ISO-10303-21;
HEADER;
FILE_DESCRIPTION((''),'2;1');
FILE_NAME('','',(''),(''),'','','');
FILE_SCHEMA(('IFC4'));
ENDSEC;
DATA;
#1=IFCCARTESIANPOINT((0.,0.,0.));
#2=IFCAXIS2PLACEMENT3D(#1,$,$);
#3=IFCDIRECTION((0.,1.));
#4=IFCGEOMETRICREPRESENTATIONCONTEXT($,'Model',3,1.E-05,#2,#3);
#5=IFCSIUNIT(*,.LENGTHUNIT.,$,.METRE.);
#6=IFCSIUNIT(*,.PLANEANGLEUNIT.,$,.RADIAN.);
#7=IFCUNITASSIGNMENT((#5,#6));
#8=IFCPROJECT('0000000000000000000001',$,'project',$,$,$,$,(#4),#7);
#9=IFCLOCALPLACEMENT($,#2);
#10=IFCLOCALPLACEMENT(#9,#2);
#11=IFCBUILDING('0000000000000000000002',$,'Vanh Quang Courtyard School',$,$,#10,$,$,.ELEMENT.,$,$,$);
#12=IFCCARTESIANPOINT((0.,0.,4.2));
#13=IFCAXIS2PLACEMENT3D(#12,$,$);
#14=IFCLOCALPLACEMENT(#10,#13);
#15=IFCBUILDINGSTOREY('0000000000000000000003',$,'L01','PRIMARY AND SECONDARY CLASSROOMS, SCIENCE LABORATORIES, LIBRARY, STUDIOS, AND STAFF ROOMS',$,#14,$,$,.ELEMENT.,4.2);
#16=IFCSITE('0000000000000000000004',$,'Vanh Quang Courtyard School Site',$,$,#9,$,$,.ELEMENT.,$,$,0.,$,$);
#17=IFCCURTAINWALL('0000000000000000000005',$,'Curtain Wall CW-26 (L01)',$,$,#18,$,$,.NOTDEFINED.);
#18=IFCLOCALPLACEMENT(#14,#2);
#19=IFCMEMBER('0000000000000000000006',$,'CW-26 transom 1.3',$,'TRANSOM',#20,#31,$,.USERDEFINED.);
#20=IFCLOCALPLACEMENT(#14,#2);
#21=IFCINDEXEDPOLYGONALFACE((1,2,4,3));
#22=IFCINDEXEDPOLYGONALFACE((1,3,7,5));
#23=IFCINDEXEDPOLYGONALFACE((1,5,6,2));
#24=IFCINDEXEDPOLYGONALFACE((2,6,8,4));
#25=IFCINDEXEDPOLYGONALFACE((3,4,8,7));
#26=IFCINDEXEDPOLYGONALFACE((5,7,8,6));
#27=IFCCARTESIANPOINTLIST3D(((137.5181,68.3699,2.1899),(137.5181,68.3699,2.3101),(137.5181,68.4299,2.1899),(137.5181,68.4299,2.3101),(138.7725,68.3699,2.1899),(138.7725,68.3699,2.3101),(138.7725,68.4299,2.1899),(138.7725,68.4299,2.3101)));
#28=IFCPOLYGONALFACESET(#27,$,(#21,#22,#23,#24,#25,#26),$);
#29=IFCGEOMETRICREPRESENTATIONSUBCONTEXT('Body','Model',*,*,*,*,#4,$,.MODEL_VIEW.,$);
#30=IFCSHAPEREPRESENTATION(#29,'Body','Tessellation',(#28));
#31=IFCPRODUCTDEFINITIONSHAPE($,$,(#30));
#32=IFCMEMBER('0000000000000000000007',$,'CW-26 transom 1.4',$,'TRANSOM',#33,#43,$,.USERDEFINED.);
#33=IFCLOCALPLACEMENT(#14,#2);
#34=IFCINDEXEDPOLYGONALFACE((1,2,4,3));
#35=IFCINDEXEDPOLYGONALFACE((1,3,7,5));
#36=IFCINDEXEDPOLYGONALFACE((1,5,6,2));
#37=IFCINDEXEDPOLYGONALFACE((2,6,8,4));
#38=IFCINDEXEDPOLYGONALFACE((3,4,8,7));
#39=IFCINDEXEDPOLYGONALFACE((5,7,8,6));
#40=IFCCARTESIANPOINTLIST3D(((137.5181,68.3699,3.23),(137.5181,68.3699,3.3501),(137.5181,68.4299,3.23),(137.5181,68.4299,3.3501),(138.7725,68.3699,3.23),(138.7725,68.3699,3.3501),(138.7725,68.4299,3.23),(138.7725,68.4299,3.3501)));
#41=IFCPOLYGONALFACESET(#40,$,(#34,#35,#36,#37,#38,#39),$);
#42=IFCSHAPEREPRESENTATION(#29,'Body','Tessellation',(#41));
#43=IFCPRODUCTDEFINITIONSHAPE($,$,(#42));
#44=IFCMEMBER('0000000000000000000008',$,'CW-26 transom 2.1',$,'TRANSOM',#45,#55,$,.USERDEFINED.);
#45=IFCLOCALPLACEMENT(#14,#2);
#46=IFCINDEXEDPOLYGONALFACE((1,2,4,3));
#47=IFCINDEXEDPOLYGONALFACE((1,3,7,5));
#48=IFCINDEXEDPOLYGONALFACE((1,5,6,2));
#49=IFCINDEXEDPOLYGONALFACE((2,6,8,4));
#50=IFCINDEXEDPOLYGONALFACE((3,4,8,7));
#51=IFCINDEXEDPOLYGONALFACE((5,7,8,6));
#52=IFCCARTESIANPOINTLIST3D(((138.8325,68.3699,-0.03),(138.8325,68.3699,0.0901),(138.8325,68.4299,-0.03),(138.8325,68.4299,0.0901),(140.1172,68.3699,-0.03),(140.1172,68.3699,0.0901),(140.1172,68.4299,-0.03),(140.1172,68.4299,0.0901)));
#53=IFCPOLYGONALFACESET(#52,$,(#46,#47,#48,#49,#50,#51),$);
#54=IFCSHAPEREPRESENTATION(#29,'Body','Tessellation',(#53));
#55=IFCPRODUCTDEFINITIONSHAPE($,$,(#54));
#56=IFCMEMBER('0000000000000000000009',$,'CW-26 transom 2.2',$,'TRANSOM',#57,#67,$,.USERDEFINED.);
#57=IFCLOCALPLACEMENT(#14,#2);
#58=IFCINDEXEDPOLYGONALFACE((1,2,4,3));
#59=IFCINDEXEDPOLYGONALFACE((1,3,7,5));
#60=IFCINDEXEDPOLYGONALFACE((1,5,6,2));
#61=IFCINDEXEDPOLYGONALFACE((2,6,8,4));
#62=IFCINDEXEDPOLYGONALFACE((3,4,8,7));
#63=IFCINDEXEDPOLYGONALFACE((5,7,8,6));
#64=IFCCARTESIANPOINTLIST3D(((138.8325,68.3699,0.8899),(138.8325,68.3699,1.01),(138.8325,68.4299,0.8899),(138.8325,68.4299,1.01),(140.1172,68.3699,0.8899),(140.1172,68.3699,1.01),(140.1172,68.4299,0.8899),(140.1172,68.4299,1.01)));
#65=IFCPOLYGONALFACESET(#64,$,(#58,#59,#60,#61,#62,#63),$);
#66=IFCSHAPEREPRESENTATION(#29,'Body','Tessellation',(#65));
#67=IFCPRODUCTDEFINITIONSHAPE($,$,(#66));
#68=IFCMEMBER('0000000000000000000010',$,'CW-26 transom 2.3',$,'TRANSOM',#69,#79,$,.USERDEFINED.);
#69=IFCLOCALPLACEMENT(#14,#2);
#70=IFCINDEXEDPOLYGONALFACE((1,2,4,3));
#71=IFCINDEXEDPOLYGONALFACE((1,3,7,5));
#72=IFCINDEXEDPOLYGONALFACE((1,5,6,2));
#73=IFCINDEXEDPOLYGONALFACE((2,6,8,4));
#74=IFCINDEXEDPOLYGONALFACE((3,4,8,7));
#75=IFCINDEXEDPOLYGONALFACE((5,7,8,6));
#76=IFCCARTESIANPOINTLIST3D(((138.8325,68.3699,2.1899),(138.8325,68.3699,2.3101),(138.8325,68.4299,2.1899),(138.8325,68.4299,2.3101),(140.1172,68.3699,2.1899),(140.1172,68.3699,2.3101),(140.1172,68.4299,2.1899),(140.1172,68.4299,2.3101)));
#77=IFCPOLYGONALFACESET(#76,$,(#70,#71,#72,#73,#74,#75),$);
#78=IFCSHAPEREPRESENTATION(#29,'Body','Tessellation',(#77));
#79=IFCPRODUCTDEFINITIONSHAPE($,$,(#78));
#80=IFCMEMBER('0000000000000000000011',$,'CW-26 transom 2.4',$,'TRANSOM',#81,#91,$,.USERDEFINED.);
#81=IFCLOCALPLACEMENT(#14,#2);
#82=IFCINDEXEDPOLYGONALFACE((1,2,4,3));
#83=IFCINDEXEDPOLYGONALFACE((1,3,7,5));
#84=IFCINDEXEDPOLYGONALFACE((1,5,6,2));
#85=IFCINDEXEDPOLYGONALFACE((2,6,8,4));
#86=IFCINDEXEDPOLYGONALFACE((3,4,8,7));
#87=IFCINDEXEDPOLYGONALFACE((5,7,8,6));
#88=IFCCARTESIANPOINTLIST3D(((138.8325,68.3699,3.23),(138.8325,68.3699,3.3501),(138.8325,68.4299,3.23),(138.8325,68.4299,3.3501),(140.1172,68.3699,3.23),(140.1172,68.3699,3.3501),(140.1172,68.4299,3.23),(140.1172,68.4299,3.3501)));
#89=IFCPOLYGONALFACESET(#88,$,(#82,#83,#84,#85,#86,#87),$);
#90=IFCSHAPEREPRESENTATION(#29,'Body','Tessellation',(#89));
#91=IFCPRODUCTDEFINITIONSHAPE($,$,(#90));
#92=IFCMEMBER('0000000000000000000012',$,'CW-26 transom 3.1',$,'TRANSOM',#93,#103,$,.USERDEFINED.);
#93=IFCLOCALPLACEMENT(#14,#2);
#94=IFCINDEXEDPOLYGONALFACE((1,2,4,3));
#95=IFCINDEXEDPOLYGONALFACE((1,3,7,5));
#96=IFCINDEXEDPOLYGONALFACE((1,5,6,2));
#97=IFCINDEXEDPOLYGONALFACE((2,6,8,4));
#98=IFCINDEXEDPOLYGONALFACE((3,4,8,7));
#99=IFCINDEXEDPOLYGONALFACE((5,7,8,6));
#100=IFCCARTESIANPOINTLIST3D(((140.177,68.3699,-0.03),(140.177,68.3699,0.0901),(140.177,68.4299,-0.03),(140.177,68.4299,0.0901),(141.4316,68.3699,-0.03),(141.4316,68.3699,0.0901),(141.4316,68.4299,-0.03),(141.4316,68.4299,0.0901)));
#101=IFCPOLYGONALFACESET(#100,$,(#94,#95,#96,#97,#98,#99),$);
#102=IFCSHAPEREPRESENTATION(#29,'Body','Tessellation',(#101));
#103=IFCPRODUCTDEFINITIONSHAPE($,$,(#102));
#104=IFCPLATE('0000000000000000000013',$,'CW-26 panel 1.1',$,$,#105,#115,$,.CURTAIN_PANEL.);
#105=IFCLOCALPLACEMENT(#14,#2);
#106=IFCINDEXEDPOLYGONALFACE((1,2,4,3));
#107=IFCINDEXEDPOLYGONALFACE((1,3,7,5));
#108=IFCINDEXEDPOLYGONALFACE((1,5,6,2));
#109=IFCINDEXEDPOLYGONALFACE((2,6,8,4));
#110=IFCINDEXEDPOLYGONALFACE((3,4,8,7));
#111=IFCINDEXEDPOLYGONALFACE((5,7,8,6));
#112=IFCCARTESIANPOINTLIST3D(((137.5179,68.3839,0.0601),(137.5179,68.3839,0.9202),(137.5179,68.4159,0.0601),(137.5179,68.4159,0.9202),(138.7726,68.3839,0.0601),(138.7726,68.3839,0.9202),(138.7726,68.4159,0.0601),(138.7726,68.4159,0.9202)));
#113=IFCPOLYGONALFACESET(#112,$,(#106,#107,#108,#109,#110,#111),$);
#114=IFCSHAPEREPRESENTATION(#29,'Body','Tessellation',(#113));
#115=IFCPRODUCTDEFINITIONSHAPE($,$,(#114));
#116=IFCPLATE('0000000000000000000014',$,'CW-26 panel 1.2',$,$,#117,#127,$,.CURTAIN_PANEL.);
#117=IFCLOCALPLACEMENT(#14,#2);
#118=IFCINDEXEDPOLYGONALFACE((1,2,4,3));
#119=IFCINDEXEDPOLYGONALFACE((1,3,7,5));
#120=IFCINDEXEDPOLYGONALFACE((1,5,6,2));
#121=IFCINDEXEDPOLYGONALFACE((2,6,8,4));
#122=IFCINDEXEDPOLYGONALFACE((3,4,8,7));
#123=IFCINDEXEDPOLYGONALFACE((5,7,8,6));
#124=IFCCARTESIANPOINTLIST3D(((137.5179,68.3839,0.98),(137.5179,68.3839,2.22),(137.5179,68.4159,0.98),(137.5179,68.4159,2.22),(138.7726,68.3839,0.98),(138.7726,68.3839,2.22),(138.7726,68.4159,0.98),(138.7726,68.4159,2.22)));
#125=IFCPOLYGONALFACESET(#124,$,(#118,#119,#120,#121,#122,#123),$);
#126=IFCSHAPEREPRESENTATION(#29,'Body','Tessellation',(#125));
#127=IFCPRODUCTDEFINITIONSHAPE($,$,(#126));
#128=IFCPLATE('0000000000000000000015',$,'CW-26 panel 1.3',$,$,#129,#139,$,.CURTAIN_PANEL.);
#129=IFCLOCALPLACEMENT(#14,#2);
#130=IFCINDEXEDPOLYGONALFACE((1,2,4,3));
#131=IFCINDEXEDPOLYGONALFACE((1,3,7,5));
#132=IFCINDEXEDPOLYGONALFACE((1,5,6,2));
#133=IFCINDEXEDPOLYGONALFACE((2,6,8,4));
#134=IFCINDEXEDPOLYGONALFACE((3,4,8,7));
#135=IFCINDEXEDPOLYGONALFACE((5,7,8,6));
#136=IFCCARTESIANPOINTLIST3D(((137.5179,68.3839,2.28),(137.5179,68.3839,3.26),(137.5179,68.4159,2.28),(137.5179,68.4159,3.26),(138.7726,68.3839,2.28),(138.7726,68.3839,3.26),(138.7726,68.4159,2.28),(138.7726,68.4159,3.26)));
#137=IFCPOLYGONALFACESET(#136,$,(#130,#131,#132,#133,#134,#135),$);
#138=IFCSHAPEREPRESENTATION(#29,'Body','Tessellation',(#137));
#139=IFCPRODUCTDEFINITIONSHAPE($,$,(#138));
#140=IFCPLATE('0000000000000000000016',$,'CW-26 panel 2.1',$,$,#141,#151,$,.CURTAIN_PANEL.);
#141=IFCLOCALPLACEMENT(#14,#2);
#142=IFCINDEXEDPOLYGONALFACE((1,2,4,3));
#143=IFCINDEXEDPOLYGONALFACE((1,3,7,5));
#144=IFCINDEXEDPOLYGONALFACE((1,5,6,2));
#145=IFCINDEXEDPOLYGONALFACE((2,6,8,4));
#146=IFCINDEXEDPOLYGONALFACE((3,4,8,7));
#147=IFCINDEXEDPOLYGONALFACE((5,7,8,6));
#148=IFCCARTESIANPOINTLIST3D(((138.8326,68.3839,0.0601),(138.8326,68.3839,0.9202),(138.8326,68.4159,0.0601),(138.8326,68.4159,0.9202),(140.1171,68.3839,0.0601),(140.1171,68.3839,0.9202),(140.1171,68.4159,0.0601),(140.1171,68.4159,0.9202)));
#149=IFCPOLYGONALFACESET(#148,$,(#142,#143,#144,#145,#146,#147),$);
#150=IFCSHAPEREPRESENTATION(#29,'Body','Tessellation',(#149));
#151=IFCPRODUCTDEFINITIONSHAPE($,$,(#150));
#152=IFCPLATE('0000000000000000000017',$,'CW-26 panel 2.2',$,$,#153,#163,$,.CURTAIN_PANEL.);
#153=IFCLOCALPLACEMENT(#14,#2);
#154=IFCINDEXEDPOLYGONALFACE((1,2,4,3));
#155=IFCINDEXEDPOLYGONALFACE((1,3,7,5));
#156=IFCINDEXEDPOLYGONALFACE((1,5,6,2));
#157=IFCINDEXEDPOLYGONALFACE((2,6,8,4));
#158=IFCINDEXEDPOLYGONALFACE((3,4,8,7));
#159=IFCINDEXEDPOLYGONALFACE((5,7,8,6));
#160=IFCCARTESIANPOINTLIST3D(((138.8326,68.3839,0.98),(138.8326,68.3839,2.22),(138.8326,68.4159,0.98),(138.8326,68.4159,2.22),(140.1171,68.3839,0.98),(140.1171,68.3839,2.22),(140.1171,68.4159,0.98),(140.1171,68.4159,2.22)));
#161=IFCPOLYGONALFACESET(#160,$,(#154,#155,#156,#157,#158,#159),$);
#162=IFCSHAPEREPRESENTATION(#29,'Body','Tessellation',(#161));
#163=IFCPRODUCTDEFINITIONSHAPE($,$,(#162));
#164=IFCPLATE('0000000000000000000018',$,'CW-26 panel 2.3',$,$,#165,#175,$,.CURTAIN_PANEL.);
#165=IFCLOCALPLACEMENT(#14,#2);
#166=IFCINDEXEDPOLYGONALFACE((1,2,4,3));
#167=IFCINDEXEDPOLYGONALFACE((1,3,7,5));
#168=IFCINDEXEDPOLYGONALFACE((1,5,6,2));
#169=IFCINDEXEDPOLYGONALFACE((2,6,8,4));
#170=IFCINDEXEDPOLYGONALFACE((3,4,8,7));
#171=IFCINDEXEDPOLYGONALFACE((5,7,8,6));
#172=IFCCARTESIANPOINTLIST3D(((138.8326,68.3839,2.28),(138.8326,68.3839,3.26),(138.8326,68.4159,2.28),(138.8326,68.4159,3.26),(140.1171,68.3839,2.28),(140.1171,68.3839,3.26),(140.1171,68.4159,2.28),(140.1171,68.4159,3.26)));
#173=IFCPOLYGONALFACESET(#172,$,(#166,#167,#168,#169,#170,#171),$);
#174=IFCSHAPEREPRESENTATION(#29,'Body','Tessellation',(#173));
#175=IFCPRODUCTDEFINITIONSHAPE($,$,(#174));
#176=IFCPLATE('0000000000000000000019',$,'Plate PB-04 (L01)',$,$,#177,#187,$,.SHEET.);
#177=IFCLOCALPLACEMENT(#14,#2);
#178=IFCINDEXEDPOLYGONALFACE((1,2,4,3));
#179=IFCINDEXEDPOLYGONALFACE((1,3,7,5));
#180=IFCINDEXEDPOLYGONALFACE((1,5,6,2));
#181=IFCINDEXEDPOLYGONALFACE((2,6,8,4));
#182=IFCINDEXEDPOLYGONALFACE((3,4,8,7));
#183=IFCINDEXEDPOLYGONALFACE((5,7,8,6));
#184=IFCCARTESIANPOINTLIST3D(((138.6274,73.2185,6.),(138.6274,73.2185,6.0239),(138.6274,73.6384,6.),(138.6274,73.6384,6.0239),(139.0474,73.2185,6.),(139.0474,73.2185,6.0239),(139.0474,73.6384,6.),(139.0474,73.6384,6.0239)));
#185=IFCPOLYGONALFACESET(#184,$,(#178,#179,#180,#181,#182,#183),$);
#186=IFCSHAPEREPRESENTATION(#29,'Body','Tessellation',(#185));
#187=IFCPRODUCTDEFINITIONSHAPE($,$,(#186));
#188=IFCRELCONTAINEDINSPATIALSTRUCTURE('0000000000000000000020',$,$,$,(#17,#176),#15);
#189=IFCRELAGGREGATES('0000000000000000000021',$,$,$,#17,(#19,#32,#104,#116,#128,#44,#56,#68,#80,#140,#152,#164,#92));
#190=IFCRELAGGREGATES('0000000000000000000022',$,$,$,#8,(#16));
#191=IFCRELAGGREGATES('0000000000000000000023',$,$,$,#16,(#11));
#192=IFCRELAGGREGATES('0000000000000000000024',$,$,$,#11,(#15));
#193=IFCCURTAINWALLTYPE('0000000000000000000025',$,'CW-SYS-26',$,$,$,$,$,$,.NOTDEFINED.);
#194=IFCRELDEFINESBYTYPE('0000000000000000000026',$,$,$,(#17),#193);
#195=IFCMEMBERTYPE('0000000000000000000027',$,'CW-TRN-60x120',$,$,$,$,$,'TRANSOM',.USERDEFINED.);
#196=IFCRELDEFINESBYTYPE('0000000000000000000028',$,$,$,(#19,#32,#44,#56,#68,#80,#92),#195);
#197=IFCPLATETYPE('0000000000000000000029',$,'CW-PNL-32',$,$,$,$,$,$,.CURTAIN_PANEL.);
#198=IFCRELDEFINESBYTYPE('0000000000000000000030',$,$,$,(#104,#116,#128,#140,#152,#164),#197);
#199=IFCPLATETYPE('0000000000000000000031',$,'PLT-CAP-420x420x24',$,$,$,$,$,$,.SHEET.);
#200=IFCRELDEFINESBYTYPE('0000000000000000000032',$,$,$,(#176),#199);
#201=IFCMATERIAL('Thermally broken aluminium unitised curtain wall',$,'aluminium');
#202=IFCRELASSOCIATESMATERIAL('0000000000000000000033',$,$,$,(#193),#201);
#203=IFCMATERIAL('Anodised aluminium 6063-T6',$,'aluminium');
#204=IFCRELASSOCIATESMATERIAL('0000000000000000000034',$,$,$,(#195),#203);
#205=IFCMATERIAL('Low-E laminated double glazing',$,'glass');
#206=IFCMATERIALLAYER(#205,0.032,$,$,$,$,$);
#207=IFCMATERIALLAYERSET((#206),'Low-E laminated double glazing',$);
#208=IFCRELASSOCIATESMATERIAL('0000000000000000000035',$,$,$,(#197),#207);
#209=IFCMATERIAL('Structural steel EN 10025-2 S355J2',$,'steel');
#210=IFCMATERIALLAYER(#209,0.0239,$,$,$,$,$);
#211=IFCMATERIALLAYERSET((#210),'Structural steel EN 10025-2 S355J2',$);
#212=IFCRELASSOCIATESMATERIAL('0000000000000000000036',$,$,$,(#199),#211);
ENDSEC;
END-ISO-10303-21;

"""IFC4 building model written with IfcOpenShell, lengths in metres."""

from ifc_helpers import new_model, si_unit, direction, frame, origin, origin_2d, place, context, subcontext, project, spatial, rectangle, extrude, material, layer, layer_set, material_profile, profile_set, type_object, element, aggregate, save


model = new_model("IFC4")

# Units and contexts
model_context = context("Model", 3, precision=1e-05, world=origin(), true_north=direction((0.0, 1.0)))
body_context = subcontext(model_context, "Body", "Model", "MODEL_VIEW")
ifc_project = project(units=[si_unit("LENGTHUNIT", "METRE"), si_unit("PLANEANGLEUNIT", "RADIAN")], contexts=[model_context])

# Site, building, storey
site_placement = place(None, origin())
site = spatial("IfcSite", under=ifc_project, at=site_placement, Name="Vanh Quang Courtyard School Site", CompositionType="ELEMENT", RefElevation=0.0)
building_placement = place(site_placement, origin())
building = spatial("IfcBuilding", under=site, at=building_placement, Name="Vanh Quang Courtyard School", CompositionType="ELEMENT")
storey_placement = place(building_placement, frame((0.0, 0.0, 4.2)))
storey = spatial("IfcBuildingStorey", under=building, at=storey_placement, Name="L01", Description="PRIMARY AND SECONDARY CLASSROOMS, SCIENCE LABORATORIES, LIBRARY, STUDIOS, AND STAFF ROOMS", CompositionType="ELEMENT", Elevation=4.2)

# Shared definitions
ifc_material_1 = material(Name="Structural steel EN 10025-2 S355J2", Category="steel")

# Curtain wall, members, plates
ifc_material_2 = material(Name="Thermally broken aluminium unitised curtain wall", Category="aluminium")
curtain_wall_type = type_object("IfcCurtainWallType", Name="CW-SYS-26", PredefinedType="NOTDEFINED", material=ifc_material_2)
curtain_wall_placement = place(storey_placement, origin())
curtain_wall = element("IfcCurtainWall", 1, at=curtain_wall_placement, inside=storey, type_object=curtain_wall_type, Name="Curtain Wall CW-26 (L01)", PredefinedType="NOTDEFINED")
ifc_material_3 = material(Name="Anodised aluminium 6063-T6", Category="aluminium")
ifc_material_profile_1 = material_profile(ifc_material_3, rectangle(XDim=0.0601, YDim=0.1201, at=origin_2d()), Name="ALU-TRN 60x120")
ifc_profile_set_1 = profile_set([ifc_material_profile_1], Name="Anodised aluminium 6063-T6")
member_type_1 = type_object("IfcMemberType", Name="CW-TRN-60x120", ElementType="TRANSOM", PredefinedType="USERDEFINED", material=ifc_profile_set_1)
member_1_placement = place(storey_placement, frame((137.5181, 68.3999, 2.25), z_axis=(1.0, 0.0, 0.0), x_axis=(0.0, 1.0, 0.0)))
member_1 = element("IfcMember", 2, at=member_1_placement, type_object=member_type_1, Name="CW-26 transom 1.3", ObjectType="TRANSOM", PredefinedType="USERDEFINED", context=body_context, shape_type="SweptSolid", body=[
    extrude(rectangle(XDim=0.0601, YDim=0.1201, at=origin_2d()), origin(), (0.0, 0.0, 1.0), 1.2544),
])
member_2_placement = place(storey_placement, frame((137.5181, 68.3999, 3.29), z_axis=(1.0, 0.0, 0.0), x_axis=(0.0, 1.0, 0.0)))
member_2 = element("IfcMember", 3, at=member_2_placement, type_object=member_type_1, Name="CW-26 transom 1.4", ObjectType="TRANSOM", PredefinedType="USERDEFINED", context=body_context, shape_type="SweptSolid", body=[
    extrude(rectangle(XDim=0.0601, YDim=0.1201, at=origin_2d()), origin(), (0.0, 0.0, 1.0), 1.2544),
])
member_3_placement = place(storey_placement, frame((138.8325, 68.3999, 0.03), z_axis=(1.0, 0.0, 0.0), x_axis=(0.0, 1.0, 0.0)))
member_3 = element("IfcMember", 4, at=member_3_placement, type_object=member_type_1, Name="CW-26 transom 2.1", ObjectType="TRANSOM", PredefinedType="USERDEFINED", context=body_context, shape_type="SweptSolid", body=[
    extrude(rectangle(XDim=0.0601, YDim=0.1201, at=origin_2d()), origin(), (0.0, 0.0, 1.0), 1.2847),
])
member_4_placement = place(storey_placement, frame((138.8325, 68.3999, 0.95), z_axis=(1.0, 0.0, 0.0), x_axis=(0.0, 1.0, 0.0)))
member_4 = element("IfcMember", 5, at=member_4_placement, type_object=member_type_1, Name="CW-26 transom 2.2", ObjectType="TRANSOM", PredefinedType="USERDEFINED", context=body_context, shape_type="SweptSolid", body=[
    extrude(rectangle(XDim=0.0601, YDim=0.1201, at=origin_2d()), origin(), (0.0, 0.0, 1.0), 1.2847),
])
member_5_placement = place(storey_placement, frame((138.8325, 68.3999, 2.25), z_axis=(1.0, 0.0, 0.0), x_axis=(0.0, 1.0, 0.0)))
member_5 = element("IfcMember", 6, at=member_5_placement, type_object=member_type_1, Name="CW-26 transom 2.3", ObjectType="TRANSOM", PredefinedType="USERDEFINED", context=body_context, shape_type="SweptSolid", body=[
    extrude(rectangle(XDim=0.0601, YDim=0.1201, at=origin_2d()), origin(), (0.0, 0.0, 1.0), 1.2847),
])
member_6_placement = place(storey_placement, frame((138.8325, 68.3999, 3.29), z_axis=(1.0, 0.0, 0.0), x_axis=(0.0, 1.0, 0.0)))
member_6 = element("IfcMember", 7, at=member_6_placement, type_object=member_type_1, Name="CW-26 transom 2.4", ObjectType="TRANSOM", PredefinedType="USERDEFINED", context=body_context, shape_type="SweptSolid", body=[
    extrude(rectangle(XDim=0.0601, YDim=0.1201, at=origin_2d()), origin(), (0.0, 0.0, 1.0), 1.2847),
])
member_7_placement = place(storey_placement, frame((140.177, 68.3999, 0.03), z_axis=(1.0, 0.0, 0.0), x_axis=(0.0, 1.0, 0.0)))
member_7 = element("IfcMember", 8, at=member_7_placement, type_object=member_type_1, Name="CW-26 transom 3.1", ObjectType="TRANSOM", PredefinedType="USERDEFINED", context=body_context, shape_type="SweptSolid", body=[
    extrude(rectangle(XDim=0.0601, YDim=0.1201, at=origin_2d()), origin(), (0.0, 0.0, 1.0), 1.2546),
])
ifc_material_4 = material(Name="Low-E laminated double glazing", Category="glass")
ifc_layer_1 = layer(ifc_material_4, 0.032)
ifc_layer_set_1 = layer_set([ifc_layer_1], Name="Low-E laminated double glazing")
plate_type_1 = type_object("IfcPlateType", Name="CW-PNL-32", PredefinedType="CURTAIN_PANEL", material=ifc_layer_set_1)
plate_1_placement = place(storey_placement, frame((138.1453, 68.3999, 0.0601), z_axis=(0.0, 0.0, 1.0), x_axis=(1.0, 0.0, 0.0)))
plate_1 = element("IfcPlate", 9, at=plate_1_placement, type_object=plate_type_1, Name="CW-26 panel 1.1", PredefinedType="CURTAIN_PANEL", context=body_context, shape_type="SweptSolid", body=[
    extrude(rectangle(XDim=1.2546, YDim=0.032, at=origin_2d()), origin(), (0.0, 0.0, 1.0), 0.8601),
])
plate_2_placement = place(storey_placement, frame((138.1453, 68.3999, 0.98), z_axis=(0.0, 0.0, 1.0), x_axis=(1.0, 0.0, 0.0)))
plate_2 = element("IfcPlate", 10, at=plate_2_placement, type_object=plate_type_1, Name="CW-26 panel 1.2", PredefinedType="CURTAIN_PANEL", context=body_context, shape_type="SweptSolid", body=[
    extrude(rectangle(XDim=1.2546, YDim=0.032, at=origin_2d()), origin(), (0.0, 0.0, 1.0), 1.24),
])
plate_3_placement = place(storey_placement, frame((138.1453, 68.3999, 2.28), z_axis=(0.0, 0.0, 1.0), x_axis=(1.0, 0.0, 0.0)))
plate_3 = element("IfcPlate", 11, at=plate_3_placement, type_object=plate_type_1, Name="CW-26 panel 1.3", PredefinedType="CURTAIN_PANEL", context=body_context, shape_type="SweptSolid", body=[
    extrude(rectangle(XDim=1.2546, YDim=0.032, at=origin_2d()), origin(), (0.0, 0.0, 1.0), 0.98),
])
plate_4_placement = place(storey_placement, frame((139.4749, 68.3999, 0.0601), z_axis=(0.0, 0.0, 1.0), x_axis=(1.0, 0.0, 0.0)))
plate_4 = element("IfcPlate", 12, at=plate_4_placement, type_object=plate_type_1, Name="CW-26 panel 2.1", PredefinedType="CURTAIN_PANEL", context=body_context, shape_type="SweptSolid", body=[
    extrude(rectangle(XDim=1.2844, YDim=0.032, at=origin_2d()), origin(), (0.0, 0.0, 1.0), 0.8601),
])
plate_5_placement = place(storey_placement, frame((139.4749, 68.3999, 0.98), z_axis=(0.0, 0.0, 1.0), x_axis=(1.0, 0.0, 0.0)))
plate_5 = element("IfcPlate", 13, at=plate_5_placement, type_object=plate_type_1, Name="CW-26 panel 2.2", PredefinedType="CURTAIN_PANEL", context=body_context, shape_type="SweptSolid", body=[
    extrude(rectangle(XDim=1.2844, YDim=0.032, at=origin_2d()), origin(), (0.0, 0.0, 1.0), 1.24),
])
plate_6_placement = place(storey_placement, frame((139.4749, 68.3999, 2.28), z_axis=(0.0, 0.0, 1.0), x_axis=(1.0, 0.0, 0.0)))
plate_6 = element("IfcPlate", 14, at=plate_6_placement, type_object=plate_type_1, Name="CW-26 panel 2.3", PredefinedType="CURTAIN_PANEL", context=body_context, shape_type="SweptSolid", body=[
    extrude(rectangle(XDim=1.2844, YDim=0.032, at=origin_2d()), origin(), (0.0, 0.0, 1.0), 0.98),
])
aggregate(curtain_wall, [member_1, member_2, plate_1, plate_2, plate_3, member_3, member_4, member_5, member_6, plate_4, plate_5, plate_6, member_7])

# Plate
ifc_layer_2 = layer(ifc_material_1, 0.0239)
ifc_layer_set_2 = layer_set([ifc_layer_2], Name="Structural steel EN 10025-2 S355J2")
plate_type_2 = type_object("IfcPlateType", Name="PLT-CAP-420x420x24", PredefinedType="SHEET", material=ifc_layer_set_2)
plate_7_placement = place(storey_placement, frame((138.8374, 73.4285, 6.0), z_axis=(0.0, 0.0, 1.0), x_axis=(1.0, 0.0, 0.0)))
element("IfcPlate", 15, at=plate_7_placement, inside=storey, type_object=plate_type_2, Name="Plate PB-04 (L01)", PredefinedType="SHEET", context=body_context, shape_type="SweptSolid", body=[
    extrude(rectangle(XDim=0.4199, YDim=0.4199, at=origin_2d()), origin(), (0.0, 0.0, 1.0), 0.0239),
])

save(model, "model.ifc")
